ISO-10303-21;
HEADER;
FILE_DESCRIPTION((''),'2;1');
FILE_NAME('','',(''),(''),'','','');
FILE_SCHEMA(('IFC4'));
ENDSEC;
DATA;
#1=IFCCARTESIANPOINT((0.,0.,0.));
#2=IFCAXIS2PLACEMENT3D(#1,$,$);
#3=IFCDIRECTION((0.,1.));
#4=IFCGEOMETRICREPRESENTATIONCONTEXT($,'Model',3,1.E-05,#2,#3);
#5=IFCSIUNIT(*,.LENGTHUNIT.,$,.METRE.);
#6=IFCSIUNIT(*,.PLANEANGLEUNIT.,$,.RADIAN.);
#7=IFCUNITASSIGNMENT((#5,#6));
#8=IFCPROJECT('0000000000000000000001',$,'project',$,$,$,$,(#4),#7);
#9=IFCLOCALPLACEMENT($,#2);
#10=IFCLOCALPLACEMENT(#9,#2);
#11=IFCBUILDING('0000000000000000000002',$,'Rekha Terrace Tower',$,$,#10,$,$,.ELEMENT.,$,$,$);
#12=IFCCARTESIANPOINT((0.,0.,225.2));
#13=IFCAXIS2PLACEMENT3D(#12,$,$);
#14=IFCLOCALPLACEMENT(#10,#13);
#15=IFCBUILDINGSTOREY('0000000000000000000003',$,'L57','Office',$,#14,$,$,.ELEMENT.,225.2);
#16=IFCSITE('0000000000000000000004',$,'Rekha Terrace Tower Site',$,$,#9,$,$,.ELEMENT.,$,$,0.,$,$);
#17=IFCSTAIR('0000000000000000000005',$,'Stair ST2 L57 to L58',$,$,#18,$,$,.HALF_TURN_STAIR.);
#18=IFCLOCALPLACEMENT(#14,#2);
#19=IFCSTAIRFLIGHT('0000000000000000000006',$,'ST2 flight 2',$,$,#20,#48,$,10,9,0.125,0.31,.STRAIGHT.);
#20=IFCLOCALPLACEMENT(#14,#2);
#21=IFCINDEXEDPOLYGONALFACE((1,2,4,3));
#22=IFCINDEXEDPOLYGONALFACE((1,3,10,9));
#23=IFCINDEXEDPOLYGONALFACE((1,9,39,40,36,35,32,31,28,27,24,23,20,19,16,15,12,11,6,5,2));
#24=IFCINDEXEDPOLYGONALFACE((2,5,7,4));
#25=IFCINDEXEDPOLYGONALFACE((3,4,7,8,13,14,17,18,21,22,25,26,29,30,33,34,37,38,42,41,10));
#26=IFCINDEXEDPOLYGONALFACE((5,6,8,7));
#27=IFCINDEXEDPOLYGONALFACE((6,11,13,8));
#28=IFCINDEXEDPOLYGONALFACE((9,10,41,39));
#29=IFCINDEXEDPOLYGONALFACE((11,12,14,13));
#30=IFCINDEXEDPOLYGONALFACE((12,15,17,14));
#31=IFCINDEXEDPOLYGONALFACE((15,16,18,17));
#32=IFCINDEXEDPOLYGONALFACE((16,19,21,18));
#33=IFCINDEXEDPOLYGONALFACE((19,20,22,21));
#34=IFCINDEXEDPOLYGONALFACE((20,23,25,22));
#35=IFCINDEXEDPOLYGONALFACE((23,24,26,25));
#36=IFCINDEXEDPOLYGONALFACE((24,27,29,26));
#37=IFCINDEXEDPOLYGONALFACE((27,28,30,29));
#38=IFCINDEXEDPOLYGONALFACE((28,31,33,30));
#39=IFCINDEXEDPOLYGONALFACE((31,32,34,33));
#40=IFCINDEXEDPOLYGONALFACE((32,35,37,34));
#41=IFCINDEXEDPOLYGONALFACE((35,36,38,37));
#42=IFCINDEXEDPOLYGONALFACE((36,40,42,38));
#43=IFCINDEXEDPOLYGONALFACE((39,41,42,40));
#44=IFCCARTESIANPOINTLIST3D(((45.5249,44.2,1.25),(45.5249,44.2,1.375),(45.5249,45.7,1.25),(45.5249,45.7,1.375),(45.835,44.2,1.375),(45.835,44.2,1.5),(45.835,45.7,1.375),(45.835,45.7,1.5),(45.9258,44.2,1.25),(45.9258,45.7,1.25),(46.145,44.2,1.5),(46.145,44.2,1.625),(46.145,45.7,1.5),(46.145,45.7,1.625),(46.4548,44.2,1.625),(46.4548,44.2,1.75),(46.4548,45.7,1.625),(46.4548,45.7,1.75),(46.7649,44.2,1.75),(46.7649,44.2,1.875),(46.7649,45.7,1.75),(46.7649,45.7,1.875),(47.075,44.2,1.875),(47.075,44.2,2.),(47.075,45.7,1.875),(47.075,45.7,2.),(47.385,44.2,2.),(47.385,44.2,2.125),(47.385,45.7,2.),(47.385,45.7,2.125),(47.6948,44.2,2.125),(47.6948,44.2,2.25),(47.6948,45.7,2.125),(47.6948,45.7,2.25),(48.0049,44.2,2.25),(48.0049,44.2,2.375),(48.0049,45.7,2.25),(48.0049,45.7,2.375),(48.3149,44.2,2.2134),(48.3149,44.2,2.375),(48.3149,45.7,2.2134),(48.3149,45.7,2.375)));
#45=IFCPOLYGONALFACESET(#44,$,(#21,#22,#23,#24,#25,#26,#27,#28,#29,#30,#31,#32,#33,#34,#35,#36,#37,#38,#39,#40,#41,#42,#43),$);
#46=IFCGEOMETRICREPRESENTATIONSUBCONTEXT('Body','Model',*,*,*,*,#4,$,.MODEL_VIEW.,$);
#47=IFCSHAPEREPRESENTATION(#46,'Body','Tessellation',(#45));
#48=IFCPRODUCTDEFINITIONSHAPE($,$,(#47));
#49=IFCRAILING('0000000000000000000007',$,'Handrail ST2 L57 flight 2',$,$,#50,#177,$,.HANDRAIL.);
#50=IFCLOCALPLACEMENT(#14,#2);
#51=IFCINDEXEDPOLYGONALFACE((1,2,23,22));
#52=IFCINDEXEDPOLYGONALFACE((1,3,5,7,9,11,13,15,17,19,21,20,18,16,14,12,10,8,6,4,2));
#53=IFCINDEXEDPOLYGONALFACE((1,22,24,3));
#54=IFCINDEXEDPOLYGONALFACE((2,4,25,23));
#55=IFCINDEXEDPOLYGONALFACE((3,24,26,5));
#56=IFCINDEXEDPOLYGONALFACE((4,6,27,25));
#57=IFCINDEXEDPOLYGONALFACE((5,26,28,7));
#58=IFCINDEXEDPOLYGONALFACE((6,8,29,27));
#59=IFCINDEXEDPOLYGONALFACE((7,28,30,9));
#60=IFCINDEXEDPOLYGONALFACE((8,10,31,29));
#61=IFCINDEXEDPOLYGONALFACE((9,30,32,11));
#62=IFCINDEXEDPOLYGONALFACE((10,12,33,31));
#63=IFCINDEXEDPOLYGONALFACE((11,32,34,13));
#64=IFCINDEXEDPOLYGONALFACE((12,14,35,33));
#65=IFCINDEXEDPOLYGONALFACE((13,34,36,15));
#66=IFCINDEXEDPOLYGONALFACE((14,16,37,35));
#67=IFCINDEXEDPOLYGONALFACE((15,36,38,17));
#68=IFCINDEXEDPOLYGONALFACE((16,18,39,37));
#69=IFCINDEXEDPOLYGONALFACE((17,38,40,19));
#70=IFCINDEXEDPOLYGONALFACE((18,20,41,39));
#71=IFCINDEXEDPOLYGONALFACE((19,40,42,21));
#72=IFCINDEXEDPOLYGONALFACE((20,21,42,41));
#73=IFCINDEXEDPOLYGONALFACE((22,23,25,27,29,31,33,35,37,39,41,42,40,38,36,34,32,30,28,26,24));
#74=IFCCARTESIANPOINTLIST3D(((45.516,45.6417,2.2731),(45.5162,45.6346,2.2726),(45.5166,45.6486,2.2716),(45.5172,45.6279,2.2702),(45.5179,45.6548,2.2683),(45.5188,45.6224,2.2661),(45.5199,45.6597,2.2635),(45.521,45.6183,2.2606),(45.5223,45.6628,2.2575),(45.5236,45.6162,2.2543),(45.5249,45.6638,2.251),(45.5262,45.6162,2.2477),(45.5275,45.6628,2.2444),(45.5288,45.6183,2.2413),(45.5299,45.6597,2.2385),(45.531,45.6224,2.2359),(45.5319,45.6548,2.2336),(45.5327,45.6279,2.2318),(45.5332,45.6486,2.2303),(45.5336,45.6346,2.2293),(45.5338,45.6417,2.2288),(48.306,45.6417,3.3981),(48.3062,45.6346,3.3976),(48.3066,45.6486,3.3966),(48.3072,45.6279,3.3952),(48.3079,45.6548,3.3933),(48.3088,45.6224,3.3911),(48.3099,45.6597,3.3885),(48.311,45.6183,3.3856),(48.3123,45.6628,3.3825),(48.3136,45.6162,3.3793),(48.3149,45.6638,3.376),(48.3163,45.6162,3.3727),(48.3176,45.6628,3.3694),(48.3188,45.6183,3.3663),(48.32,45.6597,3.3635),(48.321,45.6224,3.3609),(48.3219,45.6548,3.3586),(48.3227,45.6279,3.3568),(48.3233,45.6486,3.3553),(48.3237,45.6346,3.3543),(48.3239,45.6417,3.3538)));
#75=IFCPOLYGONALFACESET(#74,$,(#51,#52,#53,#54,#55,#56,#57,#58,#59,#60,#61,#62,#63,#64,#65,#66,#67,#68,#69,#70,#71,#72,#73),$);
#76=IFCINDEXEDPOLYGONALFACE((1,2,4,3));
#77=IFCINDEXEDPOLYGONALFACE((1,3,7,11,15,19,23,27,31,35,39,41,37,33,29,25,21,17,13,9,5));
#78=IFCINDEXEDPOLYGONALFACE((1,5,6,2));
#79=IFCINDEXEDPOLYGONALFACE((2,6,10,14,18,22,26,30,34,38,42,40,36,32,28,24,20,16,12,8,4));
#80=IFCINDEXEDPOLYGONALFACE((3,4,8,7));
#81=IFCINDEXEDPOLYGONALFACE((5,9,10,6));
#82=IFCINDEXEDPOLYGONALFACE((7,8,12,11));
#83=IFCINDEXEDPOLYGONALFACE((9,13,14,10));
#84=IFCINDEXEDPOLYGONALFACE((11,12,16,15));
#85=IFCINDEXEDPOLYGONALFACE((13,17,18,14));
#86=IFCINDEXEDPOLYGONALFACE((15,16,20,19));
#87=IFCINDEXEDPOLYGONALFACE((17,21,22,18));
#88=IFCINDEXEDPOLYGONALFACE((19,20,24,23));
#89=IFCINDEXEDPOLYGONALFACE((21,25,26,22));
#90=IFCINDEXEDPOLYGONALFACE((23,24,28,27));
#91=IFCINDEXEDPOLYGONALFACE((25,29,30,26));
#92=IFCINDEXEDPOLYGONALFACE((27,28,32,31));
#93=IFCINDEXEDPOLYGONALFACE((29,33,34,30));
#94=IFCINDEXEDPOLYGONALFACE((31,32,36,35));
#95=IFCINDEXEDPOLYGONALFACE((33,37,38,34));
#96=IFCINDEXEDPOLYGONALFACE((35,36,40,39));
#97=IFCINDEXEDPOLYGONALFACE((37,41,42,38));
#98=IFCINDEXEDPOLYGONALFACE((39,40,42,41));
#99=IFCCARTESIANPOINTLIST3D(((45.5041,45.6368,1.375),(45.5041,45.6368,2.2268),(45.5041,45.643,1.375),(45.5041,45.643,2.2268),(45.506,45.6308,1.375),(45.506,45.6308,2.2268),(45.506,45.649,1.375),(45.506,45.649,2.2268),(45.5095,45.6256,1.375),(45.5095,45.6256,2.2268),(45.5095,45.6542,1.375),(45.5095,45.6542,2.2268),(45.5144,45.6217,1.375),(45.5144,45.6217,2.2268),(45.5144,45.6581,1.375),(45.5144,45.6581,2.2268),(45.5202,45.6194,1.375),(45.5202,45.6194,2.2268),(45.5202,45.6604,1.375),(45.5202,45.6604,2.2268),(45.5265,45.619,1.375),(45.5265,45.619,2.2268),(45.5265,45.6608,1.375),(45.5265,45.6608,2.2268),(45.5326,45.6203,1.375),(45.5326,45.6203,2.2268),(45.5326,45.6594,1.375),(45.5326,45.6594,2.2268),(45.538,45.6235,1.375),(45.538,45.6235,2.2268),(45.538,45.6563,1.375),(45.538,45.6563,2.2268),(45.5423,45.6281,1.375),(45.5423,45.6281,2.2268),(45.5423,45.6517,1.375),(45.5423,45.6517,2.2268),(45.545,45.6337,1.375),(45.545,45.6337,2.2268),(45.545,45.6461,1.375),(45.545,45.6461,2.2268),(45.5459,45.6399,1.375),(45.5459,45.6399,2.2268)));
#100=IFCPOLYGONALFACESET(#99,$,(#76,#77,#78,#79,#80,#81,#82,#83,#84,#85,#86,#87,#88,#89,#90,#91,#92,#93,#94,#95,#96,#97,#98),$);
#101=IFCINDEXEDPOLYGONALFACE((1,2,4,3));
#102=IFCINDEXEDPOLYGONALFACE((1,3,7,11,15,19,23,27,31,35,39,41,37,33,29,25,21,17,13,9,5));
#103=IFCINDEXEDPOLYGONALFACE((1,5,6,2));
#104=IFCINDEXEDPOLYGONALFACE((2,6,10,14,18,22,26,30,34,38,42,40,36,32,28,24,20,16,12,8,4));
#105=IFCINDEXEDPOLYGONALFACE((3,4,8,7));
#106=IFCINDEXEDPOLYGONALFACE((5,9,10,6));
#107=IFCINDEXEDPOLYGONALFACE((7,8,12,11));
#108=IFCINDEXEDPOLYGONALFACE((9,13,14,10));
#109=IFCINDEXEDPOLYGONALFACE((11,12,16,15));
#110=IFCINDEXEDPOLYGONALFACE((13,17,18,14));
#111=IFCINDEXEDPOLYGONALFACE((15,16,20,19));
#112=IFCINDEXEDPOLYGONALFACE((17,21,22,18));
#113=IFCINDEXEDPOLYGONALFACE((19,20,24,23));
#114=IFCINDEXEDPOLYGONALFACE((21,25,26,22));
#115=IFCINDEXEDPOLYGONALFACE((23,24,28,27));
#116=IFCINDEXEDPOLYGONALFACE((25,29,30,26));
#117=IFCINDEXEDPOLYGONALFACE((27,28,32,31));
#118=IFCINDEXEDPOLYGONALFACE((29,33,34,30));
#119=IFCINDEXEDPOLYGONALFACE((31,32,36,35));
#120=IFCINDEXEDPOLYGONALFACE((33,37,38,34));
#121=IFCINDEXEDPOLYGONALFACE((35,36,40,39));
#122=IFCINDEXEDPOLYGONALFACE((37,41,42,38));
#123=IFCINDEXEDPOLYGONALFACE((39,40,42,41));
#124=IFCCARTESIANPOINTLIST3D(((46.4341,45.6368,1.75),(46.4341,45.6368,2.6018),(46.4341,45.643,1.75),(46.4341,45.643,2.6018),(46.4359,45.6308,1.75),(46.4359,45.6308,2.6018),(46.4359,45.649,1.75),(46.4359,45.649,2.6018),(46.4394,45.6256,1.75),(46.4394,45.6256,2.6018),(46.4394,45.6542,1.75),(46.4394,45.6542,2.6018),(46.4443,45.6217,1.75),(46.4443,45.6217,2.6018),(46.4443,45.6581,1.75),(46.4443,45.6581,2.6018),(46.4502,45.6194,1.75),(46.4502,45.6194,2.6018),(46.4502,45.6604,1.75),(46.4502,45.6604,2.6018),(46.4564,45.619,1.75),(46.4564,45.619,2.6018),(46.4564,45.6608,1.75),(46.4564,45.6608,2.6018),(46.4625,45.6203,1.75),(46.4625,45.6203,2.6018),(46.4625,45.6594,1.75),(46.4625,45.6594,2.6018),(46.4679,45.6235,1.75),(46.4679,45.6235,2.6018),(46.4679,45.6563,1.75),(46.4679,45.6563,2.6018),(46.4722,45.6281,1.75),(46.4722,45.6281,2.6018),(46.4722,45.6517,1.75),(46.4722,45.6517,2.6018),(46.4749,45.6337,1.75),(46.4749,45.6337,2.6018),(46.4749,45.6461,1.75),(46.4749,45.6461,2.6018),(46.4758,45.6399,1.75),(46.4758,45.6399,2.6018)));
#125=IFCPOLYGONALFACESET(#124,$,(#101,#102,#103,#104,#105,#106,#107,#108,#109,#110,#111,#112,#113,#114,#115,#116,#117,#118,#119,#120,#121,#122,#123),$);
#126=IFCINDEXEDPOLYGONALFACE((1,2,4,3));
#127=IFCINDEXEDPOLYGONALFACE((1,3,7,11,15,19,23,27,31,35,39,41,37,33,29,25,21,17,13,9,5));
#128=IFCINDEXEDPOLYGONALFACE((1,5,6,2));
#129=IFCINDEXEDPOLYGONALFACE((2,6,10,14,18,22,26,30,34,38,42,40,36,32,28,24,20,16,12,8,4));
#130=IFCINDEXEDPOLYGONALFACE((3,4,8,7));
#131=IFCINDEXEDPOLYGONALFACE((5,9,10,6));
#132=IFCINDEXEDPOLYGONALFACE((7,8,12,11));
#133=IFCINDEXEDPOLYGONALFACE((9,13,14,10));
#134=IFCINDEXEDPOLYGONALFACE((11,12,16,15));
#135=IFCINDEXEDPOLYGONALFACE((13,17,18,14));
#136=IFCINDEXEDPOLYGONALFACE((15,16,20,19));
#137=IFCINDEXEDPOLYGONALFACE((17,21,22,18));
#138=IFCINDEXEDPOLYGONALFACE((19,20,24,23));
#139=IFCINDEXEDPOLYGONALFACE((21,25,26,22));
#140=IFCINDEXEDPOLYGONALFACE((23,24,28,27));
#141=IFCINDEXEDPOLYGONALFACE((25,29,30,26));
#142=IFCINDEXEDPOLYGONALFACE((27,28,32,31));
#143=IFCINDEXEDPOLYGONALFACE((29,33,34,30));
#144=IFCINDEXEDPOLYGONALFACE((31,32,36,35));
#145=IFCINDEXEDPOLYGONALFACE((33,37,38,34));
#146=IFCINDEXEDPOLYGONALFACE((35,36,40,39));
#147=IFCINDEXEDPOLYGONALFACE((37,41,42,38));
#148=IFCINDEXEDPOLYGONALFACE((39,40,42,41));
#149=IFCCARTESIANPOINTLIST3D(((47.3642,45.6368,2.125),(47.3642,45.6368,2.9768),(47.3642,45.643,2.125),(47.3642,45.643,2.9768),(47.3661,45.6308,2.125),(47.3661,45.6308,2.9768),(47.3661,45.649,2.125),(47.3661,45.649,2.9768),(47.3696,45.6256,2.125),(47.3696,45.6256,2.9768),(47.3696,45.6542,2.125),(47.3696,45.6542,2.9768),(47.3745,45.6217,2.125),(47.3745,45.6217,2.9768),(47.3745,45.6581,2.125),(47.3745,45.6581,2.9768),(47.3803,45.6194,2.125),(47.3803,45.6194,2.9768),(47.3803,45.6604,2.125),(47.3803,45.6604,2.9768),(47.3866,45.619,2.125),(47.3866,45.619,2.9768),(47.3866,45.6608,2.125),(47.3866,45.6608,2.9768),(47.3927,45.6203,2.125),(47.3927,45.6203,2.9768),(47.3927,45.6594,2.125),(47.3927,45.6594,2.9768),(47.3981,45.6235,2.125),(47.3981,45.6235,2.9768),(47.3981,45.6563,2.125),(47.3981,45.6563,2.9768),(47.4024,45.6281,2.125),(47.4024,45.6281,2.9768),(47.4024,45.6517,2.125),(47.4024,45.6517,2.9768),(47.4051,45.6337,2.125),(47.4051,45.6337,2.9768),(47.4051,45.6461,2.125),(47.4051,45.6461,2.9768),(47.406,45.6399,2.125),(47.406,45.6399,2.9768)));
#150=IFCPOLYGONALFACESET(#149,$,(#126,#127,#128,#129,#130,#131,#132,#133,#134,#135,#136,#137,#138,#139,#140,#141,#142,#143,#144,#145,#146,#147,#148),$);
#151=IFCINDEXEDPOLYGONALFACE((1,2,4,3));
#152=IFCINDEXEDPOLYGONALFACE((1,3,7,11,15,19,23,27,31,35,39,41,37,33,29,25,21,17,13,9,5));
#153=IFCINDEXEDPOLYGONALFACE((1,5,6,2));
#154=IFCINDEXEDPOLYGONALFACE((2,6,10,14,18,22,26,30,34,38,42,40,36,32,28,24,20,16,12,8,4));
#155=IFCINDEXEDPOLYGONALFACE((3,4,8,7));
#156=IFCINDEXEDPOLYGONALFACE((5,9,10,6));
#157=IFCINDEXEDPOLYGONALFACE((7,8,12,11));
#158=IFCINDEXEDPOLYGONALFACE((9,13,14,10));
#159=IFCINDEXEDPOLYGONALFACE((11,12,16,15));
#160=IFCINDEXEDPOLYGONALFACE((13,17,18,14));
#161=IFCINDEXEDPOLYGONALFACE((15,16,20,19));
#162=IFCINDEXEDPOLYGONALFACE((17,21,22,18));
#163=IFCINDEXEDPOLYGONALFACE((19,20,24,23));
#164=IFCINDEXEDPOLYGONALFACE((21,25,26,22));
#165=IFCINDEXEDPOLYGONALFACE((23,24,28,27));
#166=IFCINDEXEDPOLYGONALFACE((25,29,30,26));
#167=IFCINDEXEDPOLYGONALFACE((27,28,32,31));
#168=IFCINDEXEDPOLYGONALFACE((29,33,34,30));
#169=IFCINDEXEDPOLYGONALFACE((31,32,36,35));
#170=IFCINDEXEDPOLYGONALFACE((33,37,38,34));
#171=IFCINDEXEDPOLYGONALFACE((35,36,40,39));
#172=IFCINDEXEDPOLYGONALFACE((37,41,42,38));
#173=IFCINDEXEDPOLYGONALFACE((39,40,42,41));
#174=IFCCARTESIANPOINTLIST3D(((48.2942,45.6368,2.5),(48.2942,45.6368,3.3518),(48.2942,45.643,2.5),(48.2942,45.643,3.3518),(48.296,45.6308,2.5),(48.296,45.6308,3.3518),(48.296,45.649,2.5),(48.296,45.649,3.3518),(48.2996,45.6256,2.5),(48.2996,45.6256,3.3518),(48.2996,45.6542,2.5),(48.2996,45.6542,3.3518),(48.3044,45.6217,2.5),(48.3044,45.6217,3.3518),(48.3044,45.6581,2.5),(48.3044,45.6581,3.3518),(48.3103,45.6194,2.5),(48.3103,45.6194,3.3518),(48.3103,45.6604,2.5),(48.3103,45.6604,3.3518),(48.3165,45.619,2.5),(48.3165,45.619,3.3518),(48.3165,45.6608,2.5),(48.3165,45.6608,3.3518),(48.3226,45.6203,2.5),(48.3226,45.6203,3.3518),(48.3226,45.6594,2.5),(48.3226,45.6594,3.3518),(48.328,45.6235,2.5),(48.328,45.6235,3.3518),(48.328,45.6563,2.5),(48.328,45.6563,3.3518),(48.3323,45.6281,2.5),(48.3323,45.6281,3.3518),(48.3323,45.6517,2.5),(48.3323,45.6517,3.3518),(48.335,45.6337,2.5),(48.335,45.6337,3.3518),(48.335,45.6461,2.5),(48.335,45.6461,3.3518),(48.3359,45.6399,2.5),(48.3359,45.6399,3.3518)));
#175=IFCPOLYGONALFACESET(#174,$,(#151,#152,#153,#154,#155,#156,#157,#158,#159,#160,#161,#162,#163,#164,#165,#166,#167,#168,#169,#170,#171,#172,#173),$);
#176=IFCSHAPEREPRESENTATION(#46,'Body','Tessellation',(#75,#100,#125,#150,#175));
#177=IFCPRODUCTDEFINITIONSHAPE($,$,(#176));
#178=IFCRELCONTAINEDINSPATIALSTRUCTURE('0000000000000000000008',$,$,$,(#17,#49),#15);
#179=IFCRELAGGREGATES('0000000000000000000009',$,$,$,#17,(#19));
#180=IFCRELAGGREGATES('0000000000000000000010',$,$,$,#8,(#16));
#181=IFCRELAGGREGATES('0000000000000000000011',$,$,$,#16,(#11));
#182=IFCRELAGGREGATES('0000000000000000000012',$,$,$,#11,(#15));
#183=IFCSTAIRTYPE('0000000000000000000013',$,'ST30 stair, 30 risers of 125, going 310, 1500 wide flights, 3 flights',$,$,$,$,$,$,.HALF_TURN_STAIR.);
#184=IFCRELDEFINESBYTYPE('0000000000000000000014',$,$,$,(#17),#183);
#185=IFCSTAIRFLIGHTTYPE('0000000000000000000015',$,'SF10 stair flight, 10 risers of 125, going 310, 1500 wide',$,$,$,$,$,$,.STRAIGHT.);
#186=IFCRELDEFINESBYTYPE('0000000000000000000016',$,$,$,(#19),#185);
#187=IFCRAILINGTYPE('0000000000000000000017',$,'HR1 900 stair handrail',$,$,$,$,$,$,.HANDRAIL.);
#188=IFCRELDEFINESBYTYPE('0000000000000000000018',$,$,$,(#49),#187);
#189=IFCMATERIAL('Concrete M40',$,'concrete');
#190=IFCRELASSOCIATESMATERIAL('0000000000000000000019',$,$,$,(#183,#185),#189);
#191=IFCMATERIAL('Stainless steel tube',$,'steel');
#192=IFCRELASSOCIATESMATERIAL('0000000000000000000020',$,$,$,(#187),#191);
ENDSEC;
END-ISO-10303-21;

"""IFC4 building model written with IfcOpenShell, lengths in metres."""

from ifc_helpers import new_model, si_unit, direction, frame, origin, origin_2d, place, context, subcontext, project, spatial, polyline, circle, outline, extrude, material, type_object, element, aggregate, save


model = new_model("IFC4")

# Units and contexts
model_context = context("Model", 3, precision=1e-05, world=origin(), true_north=direction((0.0, 1.0)))
body_context = subcontext(model_context, "Body", "Model", "MODEL_VIEW")
ifc_project = project(units=[si_unit("LENGTHUNIT", "METRE"), si_unit("PLANEANGLEUNIT", "RADIAN")], contexts=[model_context])

# Site, building, storey
site_placement = place(None, origin())
site = spatial("IfcSite", under=ifc_project, at=site_placement, Name="Rekha Terrace Tower Site", CompositionType="ELEMENT", RefElevation=0.0)
building_placement = place(site_placement, origin())
building = spatial("IfcBuilding", under=site, at=building_placement, Name="Rekha Terrace Tower", CompositionType="ELEMENT")
storey_placement = place(building_placement, frame((0.0, 0.0, 225.2)))
storey = spatial("IfcBuildingStorey", under=building, at=storey_placement, Name="L57", Description="Office", CompositionType="ELEMENT", Elevation=225.2)

# Stair, stair flight
ifc_material_1 = material(Name="Concrete M40", Category="concrete")
stair_type = type_object("IfcStairType", Name="ST30 stair, 30 risers of 125, going 310, 1500 wide flights, 3 flights", PredefinedType="HALF_TURN_STAIR", material=ifc_material_1)
stair_placement = place(storey_placement, origin())
stair = element("IfcStair", 1, at=stair_placement, inside=storey, type_object=stair_type, Name="Stair ST2 L57 to L58", PredefinedType="HALF_TURN_STAIR")
stair_flight_type = type_object("IfcStairFlightType", Name="SF10 stair flight, 10 risers of 125, going 310, 1500 wide", PredefinedType="STRAIGHT", material=ifc_material_1)
stair_flight_placement = place(storey_placement, frame((45.5249, 44.95, 1.25), z_axis=(0.0, 0.0, 1.0), x_axis=(1.0, 0.0, 0.0)))
stair_flight = element("IfcStairFlight", 2, at=stair_flight_placement, type_object=stair_flight_type, Name="ST2 flight 2", NumberOfRisers=10, NumberOfTreads=9, PredefinedType="STRAIGHT", RiserHeight=0.125, TreadLength=0.31, context=body_context, shape_type="SweptSolid", body=[
    extrude(outline(polyline([(0.0, 0.0), (0.0, 0.125), (0.3101, 0.125), (0.3101, 0.25), (0.6201, 0.25), (0.6201, 0.375), (0.9299, 0.375), (0.9299, 0.5), (1.24, 0.5), (1.24, 0.625), (1.55, 0.625), (1.55, 0.75), (1.8601, 0.75), (1.8601, 0.875), (2.1699, 0.875), (2.1699, 1.0), (2.48, 1.0), (2.48, 1.125), (2.79, 1.125), (2.79, 1.25), (2.79, 0.9634), (0.4009, 0.0), (0.0, 0.0)])), frame((0.0, 0.75, 0.0), z_axis=(0.0, -1.0, 0.0), x_axis=(1.0, 0.0, 0.0)), (0.0, 0.0, 1.0), 1.5),
])
aggregate(stair, [stair_flight])

# Railing
ifc_material_2 = material(Name="Stainless steel tube", Category="steel")
railing_type = type_object("IfcRailingType", Name="HR1 900 stair handrail", PredefinedType="HANDRAIL", material=ifc_material_2)
railing_placement = place(storey_placement, frame((45.5249, 45.6399, 1.375)))
element("IfcRailing", 3, at=railing_placement, inside=storey, type_object=railing_type, Name="Handrail ST2 L57 flight 2", PredefinedType="HANDRAIL", context=body_context, shape_type="SweptSolid", body=[
    extrude(circle(Radius=0.0239, at=origin_2d()), frame((0.0, 0.0, 0.876), z_axis=(0.927443, 0.0, 0.373964), x_axis=(0.0, 1.0, 0.0)), (0.0, 0.0, 1.0), 3.0083),
    extrude(circle(Radius=0.021, at=origin_2d()), origin(), (0.0, 0.0, 1.0), 0.8518),
    extrude(circle(Radius=0.021, at=origin_2d()), frame((0.9299, 0.0, 0.375)), (0.0, 0.0, 1.0), 0.8518),
    extrude(circle(Radius=0.021, at=origin_2d()), frame((1.8601, 0.0, 0.75)), (0.0, 0.0, 1.0), 0.8518),
    extrude(circle(Radius=0.021, at=origin_2d()), frame((2.79, 0.0, 1.125)), (0.0, 0.0, 1.0), 0.8518),
])

save(model, "model.ifc")
